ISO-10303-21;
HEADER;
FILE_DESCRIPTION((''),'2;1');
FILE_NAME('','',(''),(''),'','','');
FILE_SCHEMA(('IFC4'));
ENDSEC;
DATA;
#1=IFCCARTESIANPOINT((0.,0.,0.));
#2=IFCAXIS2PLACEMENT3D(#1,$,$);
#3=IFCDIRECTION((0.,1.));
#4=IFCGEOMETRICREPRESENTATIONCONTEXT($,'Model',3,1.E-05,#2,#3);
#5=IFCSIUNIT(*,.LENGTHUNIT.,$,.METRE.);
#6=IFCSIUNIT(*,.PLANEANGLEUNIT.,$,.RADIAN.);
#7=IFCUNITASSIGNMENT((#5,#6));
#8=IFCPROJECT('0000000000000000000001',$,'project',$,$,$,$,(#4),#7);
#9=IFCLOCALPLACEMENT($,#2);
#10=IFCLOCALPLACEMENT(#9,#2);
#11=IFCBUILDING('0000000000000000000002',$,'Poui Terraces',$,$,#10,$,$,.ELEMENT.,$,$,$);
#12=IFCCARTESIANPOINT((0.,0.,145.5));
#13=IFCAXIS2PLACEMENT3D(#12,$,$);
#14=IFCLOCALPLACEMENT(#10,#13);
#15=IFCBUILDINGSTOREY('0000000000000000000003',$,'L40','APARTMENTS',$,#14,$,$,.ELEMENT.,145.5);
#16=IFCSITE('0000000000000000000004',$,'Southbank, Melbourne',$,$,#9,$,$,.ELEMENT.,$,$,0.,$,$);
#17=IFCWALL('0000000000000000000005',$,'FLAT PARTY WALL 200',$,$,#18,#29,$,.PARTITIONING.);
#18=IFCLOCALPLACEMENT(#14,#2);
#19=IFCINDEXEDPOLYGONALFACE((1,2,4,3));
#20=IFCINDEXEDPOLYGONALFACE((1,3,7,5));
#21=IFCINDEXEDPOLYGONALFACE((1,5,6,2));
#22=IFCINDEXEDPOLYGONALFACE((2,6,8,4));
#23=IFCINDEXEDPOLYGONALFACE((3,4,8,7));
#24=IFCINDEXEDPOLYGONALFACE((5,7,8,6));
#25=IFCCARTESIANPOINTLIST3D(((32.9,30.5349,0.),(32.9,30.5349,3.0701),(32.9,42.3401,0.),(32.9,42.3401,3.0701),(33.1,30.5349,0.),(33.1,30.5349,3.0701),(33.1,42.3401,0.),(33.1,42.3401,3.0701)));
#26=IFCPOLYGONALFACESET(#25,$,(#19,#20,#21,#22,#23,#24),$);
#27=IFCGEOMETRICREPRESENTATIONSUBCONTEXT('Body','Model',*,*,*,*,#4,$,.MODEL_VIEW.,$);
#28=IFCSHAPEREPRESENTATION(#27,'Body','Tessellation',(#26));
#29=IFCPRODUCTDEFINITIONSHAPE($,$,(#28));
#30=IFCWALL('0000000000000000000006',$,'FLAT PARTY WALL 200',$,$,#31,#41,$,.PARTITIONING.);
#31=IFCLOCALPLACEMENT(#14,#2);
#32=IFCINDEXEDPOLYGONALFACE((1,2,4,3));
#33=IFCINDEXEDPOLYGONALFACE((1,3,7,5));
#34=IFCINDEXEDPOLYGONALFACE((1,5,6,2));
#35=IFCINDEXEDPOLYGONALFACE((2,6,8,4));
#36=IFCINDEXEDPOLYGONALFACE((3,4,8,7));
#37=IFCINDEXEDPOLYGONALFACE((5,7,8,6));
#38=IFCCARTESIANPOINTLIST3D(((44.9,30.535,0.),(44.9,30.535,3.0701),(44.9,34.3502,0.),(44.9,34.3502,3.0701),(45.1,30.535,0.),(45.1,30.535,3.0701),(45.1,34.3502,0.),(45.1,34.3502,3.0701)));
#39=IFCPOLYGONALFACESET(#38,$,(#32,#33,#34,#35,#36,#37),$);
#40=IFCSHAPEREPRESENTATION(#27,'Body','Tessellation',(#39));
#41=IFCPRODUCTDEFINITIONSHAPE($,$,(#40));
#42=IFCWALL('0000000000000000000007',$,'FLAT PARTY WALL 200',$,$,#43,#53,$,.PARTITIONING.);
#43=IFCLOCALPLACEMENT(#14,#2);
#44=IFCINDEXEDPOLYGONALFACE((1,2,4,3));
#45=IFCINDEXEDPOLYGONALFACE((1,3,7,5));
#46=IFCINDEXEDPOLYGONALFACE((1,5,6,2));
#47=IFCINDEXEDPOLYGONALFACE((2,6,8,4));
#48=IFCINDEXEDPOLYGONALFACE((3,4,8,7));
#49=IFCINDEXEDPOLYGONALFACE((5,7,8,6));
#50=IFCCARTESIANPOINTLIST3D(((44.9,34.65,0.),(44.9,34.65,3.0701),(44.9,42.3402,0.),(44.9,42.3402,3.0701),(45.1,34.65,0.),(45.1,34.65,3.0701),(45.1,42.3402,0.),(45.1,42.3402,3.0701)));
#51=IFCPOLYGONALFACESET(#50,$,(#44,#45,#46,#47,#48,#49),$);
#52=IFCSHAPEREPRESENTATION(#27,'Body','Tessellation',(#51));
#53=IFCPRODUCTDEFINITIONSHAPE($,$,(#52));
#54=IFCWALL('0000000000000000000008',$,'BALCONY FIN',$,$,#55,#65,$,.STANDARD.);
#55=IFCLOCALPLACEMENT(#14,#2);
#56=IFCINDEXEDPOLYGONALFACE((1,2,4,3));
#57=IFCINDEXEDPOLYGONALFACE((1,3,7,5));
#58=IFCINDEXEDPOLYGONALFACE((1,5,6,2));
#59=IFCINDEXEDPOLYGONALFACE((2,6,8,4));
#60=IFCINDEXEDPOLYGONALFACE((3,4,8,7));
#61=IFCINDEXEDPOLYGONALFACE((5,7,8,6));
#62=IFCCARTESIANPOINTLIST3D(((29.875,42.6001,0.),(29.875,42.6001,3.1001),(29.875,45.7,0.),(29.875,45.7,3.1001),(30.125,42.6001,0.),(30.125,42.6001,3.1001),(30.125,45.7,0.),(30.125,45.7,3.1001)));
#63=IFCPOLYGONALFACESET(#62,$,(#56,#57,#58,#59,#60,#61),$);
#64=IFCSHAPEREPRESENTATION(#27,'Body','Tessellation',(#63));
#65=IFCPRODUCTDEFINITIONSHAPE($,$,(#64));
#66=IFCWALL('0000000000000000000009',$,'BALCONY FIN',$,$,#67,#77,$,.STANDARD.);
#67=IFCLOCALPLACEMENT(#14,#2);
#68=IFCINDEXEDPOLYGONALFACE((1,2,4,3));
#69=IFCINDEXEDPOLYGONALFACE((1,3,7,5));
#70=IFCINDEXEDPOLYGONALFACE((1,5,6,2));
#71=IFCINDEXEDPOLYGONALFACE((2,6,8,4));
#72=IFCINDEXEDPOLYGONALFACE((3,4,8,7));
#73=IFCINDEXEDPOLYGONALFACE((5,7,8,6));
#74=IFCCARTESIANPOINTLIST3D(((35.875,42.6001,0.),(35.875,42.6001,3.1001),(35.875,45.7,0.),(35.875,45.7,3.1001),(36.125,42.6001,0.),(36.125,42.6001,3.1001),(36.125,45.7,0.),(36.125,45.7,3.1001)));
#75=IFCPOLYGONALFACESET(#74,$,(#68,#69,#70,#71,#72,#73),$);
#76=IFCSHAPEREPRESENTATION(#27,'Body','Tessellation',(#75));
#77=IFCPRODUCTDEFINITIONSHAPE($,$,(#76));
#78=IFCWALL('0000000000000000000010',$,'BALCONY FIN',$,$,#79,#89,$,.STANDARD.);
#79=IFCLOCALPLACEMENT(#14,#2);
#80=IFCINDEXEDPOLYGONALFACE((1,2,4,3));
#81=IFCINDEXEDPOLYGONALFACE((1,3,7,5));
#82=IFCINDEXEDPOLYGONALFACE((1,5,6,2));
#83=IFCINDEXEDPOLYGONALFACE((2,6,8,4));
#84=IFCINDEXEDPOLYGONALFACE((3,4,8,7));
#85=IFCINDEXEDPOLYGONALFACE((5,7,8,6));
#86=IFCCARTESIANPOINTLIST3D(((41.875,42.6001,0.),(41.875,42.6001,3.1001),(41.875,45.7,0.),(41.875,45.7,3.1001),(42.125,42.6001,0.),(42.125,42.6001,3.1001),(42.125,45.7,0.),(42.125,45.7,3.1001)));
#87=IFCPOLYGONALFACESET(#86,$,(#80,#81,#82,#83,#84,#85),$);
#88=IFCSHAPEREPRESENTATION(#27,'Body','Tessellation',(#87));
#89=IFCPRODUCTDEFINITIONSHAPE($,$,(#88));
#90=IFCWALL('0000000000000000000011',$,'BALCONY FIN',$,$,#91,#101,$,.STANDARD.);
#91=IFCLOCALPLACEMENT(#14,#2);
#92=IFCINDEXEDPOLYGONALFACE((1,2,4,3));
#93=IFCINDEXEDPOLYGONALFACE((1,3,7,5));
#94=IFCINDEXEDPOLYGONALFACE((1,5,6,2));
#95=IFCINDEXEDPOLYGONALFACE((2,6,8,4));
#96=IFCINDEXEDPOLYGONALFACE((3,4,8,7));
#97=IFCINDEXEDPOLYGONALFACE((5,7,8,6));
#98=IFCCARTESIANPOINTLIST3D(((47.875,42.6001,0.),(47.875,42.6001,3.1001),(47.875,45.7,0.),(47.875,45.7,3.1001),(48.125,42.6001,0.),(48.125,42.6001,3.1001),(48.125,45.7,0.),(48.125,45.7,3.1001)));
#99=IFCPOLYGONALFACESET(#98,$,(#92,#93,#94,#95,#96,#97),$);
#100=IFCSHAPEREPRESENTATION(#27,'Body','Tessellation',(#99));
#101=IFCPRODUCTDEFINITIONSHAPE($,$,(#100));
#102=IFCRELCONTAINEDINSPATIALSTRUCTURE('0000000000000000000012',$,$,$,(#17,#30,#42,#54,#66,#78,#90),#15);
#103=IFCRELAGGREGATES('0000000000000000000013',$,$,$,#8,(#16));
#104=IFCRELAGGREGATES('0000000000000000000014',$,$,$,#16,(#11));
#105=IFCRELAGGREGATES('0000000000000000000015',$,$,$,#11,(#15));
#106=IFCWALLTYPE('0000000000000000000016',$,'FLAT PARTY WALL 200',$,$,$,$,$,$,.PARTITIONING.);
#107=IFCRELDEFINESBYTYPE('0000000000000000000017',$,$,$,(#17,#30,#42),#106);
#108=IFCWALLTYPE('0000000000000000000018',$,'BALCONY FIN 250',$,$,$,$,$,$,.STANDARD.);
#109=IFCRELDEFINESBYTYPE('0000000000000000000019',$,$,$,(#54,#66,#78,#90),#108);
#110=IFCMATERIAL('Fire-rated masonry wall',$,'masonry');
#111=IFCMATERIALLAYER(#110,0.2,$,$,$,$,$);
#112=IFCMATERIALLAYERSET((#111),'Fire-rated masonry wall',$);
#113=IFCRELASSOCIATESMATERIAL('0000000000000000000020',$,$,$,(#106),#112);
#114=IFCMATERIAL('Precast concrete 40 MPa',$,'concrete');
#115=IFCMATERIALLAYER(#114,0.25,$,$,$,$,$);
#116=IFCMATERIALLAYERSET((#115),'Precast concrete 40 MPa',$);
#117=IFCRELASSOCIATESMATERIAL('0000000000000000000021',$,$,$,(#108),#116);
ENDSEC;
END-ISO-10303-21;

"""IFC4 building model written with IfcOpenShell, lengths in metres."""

from ifc_helpers import new_model, si_unit, direction, frame, frame_2d, origin, place, context, subcontext, project, spatial, polyline, rectangle, outline, extrude, source, transform, mapped, material, layer, layer_set, type_object, element, save


model = new_model("IFC4")

# Units and contexts
model_context = context("Model", 3, precision=1e-05, world=origin(), true_north=direction((0.0, 1.0)))
body_context = subcontext(model_context, "Body", "Model", "MODEL_VIEW")
ifc_project = project(units=[si_unit("LENGTHUNIT", "METRE"), si_unit("PLANEANGLEUNIT", "RADIAN")], contexts=[model_context])

# Site, building, storey
site_placement = place(None, origin())
site = spatial("IfcSite", under=ifc_project, at=site_placement, Name="Southbank, Melbourne", CompositionType="ELEMENT", RefElevation=0.0)
building_placement = place(site_placement, origin())
building = spatial("IfcBuilding", under=site, at=building_placement, Name="Poui Terraces", CompositionType="ELEMENT")
storey_placement = place(building_placement, frame((0.0, 0.0, 145.5)))
storey = spatial("IfcBuildingStorey", under=building, at=storey_placement, Name="L40", Description="APARTMENTS", CompositionType="ELEMENT", Elevation=145.5)

# Walls
ifc_material_1 = material(Name="Fire-rated masonry wall", Category="masonry")
ifc_layer_1 = layer(ifc_material_1, 0.2)
ifc_layer_set_1 = layer_set([ifc_layer_1], Name="Fire-rated masonry wall")
wall_type_1 = type_object("IfcWallType", Name="FLAT PARTY WALL 200", PredefinedType="PARTITIONING", material=ifc_layer_set_1)
wall_1_placement = place(storey_placement, frame((33.0, 30.5349, 0.0), z_axis=(0.0, 0.0, 1.0), x_axis=(0.0, 1.0, 0.0)))
element("IfcWall", 1, at=wall_1_placement, inside=storey, type_object=wall_type_1, Name="FLAT PARTY WALL 200", PredefinedType="PARTITIONING", context=body_context, shape_type="SweptSolid", body=[
    extrude(rectangle(XDim=11.8052, YDim=0.2, at=frame_2d((5.9026, 0.0))), origin(), (0.0, 0.0, 1.0), 3.0701),
])
wall_2_placement = place(storey_placement, frame((45.0, 30.5349, 0.0), z_axis=(0.0, 0.0, 1.0), x_axis=(0.0, 1.0, 0.0)))
element("IfcWall", 2, at=wall_2_placement, inside=storey, type_object=wall_type_1, Name="FLAT PARTY WALL 200", PredefinedType="PARTITIONING", context=body_context, shape_type="SweptSolid", body=[
    extrude(rectangle(XDim=3.8152, YDim=0.2, at=frame_2d((1.9077, 0.0))), origin(), (0.0, 0.0, 1.0), 3.0701),
])
wall_3_placement = place(storey_placement, frame((45.0, 34.6499, 0.0), z_axis=(0.0, 0.0, 1.0), x_axis=(0.0, 1.0, 0.0)))
element("IfcWall", 3, at=wall_3_placement, inside=storey, type_object=wall_type_1, Name="FLAT PARTY WALL 200", PredefinedType="PARTITIONING", context=body_context, shape_type="SweptSolid", body=[
    extrude(rectangle(XDim=7.6902, YDim=0.2, at=frame_2d((3.8452, 0.0))), origin(), (0.0, 0.0, 1.0), 3.0701),
])
ifc_material_2 = material(Name="Precast concrete 40 MPa", Category="concrete")
ifc_layer_2 = layer(ifc_material_2, 0.25)
ifc_layer_set_2 = layer_set([ifc_layer_2], Name="Precast concrete 40 MPa")
wall_type_2 = type_object("IfcWallType", Name="BALCONY FIN 250", PredefinedType="STANDARD", material=ifc_layer_set_2)
shared_shape_1 = source(origin(), body_context, "Body", "SweptSolid", [
    extrude(outline(polyline([(0.0, 0.0), (0.25, 0.0), (0.25, 3.0999), (0.0, 3.0999), (0.0, 0.0)])), origin(), (0.0, 0.0, 1.0), 3.1001),
])
for number, where, name in (
    (4, (29.875, 42.6001, 0.0), "BALCONY FIN"),
    (5, (35.875, 42.6001, 0.0), "BALCONY FIN"),
    (6, (41.875, 42.6001, 0.0), "BALCONY FIN"),
    (7, (47.875, 42.6001, 0.0), "BALCONY FIN"),
):
    element("IfcWall", number, at=place(storey_placement, frame(where)), inside=storey, type_object=wall_type_2, Name=name, PredefinedType="STANDARD", context=body_context, shape_type="MappedRepresentation", body=[
        mapped(shared_shape_1, transform((0.0, 0.0, 0.0))),
    ])

save(model, "model.ifc")
